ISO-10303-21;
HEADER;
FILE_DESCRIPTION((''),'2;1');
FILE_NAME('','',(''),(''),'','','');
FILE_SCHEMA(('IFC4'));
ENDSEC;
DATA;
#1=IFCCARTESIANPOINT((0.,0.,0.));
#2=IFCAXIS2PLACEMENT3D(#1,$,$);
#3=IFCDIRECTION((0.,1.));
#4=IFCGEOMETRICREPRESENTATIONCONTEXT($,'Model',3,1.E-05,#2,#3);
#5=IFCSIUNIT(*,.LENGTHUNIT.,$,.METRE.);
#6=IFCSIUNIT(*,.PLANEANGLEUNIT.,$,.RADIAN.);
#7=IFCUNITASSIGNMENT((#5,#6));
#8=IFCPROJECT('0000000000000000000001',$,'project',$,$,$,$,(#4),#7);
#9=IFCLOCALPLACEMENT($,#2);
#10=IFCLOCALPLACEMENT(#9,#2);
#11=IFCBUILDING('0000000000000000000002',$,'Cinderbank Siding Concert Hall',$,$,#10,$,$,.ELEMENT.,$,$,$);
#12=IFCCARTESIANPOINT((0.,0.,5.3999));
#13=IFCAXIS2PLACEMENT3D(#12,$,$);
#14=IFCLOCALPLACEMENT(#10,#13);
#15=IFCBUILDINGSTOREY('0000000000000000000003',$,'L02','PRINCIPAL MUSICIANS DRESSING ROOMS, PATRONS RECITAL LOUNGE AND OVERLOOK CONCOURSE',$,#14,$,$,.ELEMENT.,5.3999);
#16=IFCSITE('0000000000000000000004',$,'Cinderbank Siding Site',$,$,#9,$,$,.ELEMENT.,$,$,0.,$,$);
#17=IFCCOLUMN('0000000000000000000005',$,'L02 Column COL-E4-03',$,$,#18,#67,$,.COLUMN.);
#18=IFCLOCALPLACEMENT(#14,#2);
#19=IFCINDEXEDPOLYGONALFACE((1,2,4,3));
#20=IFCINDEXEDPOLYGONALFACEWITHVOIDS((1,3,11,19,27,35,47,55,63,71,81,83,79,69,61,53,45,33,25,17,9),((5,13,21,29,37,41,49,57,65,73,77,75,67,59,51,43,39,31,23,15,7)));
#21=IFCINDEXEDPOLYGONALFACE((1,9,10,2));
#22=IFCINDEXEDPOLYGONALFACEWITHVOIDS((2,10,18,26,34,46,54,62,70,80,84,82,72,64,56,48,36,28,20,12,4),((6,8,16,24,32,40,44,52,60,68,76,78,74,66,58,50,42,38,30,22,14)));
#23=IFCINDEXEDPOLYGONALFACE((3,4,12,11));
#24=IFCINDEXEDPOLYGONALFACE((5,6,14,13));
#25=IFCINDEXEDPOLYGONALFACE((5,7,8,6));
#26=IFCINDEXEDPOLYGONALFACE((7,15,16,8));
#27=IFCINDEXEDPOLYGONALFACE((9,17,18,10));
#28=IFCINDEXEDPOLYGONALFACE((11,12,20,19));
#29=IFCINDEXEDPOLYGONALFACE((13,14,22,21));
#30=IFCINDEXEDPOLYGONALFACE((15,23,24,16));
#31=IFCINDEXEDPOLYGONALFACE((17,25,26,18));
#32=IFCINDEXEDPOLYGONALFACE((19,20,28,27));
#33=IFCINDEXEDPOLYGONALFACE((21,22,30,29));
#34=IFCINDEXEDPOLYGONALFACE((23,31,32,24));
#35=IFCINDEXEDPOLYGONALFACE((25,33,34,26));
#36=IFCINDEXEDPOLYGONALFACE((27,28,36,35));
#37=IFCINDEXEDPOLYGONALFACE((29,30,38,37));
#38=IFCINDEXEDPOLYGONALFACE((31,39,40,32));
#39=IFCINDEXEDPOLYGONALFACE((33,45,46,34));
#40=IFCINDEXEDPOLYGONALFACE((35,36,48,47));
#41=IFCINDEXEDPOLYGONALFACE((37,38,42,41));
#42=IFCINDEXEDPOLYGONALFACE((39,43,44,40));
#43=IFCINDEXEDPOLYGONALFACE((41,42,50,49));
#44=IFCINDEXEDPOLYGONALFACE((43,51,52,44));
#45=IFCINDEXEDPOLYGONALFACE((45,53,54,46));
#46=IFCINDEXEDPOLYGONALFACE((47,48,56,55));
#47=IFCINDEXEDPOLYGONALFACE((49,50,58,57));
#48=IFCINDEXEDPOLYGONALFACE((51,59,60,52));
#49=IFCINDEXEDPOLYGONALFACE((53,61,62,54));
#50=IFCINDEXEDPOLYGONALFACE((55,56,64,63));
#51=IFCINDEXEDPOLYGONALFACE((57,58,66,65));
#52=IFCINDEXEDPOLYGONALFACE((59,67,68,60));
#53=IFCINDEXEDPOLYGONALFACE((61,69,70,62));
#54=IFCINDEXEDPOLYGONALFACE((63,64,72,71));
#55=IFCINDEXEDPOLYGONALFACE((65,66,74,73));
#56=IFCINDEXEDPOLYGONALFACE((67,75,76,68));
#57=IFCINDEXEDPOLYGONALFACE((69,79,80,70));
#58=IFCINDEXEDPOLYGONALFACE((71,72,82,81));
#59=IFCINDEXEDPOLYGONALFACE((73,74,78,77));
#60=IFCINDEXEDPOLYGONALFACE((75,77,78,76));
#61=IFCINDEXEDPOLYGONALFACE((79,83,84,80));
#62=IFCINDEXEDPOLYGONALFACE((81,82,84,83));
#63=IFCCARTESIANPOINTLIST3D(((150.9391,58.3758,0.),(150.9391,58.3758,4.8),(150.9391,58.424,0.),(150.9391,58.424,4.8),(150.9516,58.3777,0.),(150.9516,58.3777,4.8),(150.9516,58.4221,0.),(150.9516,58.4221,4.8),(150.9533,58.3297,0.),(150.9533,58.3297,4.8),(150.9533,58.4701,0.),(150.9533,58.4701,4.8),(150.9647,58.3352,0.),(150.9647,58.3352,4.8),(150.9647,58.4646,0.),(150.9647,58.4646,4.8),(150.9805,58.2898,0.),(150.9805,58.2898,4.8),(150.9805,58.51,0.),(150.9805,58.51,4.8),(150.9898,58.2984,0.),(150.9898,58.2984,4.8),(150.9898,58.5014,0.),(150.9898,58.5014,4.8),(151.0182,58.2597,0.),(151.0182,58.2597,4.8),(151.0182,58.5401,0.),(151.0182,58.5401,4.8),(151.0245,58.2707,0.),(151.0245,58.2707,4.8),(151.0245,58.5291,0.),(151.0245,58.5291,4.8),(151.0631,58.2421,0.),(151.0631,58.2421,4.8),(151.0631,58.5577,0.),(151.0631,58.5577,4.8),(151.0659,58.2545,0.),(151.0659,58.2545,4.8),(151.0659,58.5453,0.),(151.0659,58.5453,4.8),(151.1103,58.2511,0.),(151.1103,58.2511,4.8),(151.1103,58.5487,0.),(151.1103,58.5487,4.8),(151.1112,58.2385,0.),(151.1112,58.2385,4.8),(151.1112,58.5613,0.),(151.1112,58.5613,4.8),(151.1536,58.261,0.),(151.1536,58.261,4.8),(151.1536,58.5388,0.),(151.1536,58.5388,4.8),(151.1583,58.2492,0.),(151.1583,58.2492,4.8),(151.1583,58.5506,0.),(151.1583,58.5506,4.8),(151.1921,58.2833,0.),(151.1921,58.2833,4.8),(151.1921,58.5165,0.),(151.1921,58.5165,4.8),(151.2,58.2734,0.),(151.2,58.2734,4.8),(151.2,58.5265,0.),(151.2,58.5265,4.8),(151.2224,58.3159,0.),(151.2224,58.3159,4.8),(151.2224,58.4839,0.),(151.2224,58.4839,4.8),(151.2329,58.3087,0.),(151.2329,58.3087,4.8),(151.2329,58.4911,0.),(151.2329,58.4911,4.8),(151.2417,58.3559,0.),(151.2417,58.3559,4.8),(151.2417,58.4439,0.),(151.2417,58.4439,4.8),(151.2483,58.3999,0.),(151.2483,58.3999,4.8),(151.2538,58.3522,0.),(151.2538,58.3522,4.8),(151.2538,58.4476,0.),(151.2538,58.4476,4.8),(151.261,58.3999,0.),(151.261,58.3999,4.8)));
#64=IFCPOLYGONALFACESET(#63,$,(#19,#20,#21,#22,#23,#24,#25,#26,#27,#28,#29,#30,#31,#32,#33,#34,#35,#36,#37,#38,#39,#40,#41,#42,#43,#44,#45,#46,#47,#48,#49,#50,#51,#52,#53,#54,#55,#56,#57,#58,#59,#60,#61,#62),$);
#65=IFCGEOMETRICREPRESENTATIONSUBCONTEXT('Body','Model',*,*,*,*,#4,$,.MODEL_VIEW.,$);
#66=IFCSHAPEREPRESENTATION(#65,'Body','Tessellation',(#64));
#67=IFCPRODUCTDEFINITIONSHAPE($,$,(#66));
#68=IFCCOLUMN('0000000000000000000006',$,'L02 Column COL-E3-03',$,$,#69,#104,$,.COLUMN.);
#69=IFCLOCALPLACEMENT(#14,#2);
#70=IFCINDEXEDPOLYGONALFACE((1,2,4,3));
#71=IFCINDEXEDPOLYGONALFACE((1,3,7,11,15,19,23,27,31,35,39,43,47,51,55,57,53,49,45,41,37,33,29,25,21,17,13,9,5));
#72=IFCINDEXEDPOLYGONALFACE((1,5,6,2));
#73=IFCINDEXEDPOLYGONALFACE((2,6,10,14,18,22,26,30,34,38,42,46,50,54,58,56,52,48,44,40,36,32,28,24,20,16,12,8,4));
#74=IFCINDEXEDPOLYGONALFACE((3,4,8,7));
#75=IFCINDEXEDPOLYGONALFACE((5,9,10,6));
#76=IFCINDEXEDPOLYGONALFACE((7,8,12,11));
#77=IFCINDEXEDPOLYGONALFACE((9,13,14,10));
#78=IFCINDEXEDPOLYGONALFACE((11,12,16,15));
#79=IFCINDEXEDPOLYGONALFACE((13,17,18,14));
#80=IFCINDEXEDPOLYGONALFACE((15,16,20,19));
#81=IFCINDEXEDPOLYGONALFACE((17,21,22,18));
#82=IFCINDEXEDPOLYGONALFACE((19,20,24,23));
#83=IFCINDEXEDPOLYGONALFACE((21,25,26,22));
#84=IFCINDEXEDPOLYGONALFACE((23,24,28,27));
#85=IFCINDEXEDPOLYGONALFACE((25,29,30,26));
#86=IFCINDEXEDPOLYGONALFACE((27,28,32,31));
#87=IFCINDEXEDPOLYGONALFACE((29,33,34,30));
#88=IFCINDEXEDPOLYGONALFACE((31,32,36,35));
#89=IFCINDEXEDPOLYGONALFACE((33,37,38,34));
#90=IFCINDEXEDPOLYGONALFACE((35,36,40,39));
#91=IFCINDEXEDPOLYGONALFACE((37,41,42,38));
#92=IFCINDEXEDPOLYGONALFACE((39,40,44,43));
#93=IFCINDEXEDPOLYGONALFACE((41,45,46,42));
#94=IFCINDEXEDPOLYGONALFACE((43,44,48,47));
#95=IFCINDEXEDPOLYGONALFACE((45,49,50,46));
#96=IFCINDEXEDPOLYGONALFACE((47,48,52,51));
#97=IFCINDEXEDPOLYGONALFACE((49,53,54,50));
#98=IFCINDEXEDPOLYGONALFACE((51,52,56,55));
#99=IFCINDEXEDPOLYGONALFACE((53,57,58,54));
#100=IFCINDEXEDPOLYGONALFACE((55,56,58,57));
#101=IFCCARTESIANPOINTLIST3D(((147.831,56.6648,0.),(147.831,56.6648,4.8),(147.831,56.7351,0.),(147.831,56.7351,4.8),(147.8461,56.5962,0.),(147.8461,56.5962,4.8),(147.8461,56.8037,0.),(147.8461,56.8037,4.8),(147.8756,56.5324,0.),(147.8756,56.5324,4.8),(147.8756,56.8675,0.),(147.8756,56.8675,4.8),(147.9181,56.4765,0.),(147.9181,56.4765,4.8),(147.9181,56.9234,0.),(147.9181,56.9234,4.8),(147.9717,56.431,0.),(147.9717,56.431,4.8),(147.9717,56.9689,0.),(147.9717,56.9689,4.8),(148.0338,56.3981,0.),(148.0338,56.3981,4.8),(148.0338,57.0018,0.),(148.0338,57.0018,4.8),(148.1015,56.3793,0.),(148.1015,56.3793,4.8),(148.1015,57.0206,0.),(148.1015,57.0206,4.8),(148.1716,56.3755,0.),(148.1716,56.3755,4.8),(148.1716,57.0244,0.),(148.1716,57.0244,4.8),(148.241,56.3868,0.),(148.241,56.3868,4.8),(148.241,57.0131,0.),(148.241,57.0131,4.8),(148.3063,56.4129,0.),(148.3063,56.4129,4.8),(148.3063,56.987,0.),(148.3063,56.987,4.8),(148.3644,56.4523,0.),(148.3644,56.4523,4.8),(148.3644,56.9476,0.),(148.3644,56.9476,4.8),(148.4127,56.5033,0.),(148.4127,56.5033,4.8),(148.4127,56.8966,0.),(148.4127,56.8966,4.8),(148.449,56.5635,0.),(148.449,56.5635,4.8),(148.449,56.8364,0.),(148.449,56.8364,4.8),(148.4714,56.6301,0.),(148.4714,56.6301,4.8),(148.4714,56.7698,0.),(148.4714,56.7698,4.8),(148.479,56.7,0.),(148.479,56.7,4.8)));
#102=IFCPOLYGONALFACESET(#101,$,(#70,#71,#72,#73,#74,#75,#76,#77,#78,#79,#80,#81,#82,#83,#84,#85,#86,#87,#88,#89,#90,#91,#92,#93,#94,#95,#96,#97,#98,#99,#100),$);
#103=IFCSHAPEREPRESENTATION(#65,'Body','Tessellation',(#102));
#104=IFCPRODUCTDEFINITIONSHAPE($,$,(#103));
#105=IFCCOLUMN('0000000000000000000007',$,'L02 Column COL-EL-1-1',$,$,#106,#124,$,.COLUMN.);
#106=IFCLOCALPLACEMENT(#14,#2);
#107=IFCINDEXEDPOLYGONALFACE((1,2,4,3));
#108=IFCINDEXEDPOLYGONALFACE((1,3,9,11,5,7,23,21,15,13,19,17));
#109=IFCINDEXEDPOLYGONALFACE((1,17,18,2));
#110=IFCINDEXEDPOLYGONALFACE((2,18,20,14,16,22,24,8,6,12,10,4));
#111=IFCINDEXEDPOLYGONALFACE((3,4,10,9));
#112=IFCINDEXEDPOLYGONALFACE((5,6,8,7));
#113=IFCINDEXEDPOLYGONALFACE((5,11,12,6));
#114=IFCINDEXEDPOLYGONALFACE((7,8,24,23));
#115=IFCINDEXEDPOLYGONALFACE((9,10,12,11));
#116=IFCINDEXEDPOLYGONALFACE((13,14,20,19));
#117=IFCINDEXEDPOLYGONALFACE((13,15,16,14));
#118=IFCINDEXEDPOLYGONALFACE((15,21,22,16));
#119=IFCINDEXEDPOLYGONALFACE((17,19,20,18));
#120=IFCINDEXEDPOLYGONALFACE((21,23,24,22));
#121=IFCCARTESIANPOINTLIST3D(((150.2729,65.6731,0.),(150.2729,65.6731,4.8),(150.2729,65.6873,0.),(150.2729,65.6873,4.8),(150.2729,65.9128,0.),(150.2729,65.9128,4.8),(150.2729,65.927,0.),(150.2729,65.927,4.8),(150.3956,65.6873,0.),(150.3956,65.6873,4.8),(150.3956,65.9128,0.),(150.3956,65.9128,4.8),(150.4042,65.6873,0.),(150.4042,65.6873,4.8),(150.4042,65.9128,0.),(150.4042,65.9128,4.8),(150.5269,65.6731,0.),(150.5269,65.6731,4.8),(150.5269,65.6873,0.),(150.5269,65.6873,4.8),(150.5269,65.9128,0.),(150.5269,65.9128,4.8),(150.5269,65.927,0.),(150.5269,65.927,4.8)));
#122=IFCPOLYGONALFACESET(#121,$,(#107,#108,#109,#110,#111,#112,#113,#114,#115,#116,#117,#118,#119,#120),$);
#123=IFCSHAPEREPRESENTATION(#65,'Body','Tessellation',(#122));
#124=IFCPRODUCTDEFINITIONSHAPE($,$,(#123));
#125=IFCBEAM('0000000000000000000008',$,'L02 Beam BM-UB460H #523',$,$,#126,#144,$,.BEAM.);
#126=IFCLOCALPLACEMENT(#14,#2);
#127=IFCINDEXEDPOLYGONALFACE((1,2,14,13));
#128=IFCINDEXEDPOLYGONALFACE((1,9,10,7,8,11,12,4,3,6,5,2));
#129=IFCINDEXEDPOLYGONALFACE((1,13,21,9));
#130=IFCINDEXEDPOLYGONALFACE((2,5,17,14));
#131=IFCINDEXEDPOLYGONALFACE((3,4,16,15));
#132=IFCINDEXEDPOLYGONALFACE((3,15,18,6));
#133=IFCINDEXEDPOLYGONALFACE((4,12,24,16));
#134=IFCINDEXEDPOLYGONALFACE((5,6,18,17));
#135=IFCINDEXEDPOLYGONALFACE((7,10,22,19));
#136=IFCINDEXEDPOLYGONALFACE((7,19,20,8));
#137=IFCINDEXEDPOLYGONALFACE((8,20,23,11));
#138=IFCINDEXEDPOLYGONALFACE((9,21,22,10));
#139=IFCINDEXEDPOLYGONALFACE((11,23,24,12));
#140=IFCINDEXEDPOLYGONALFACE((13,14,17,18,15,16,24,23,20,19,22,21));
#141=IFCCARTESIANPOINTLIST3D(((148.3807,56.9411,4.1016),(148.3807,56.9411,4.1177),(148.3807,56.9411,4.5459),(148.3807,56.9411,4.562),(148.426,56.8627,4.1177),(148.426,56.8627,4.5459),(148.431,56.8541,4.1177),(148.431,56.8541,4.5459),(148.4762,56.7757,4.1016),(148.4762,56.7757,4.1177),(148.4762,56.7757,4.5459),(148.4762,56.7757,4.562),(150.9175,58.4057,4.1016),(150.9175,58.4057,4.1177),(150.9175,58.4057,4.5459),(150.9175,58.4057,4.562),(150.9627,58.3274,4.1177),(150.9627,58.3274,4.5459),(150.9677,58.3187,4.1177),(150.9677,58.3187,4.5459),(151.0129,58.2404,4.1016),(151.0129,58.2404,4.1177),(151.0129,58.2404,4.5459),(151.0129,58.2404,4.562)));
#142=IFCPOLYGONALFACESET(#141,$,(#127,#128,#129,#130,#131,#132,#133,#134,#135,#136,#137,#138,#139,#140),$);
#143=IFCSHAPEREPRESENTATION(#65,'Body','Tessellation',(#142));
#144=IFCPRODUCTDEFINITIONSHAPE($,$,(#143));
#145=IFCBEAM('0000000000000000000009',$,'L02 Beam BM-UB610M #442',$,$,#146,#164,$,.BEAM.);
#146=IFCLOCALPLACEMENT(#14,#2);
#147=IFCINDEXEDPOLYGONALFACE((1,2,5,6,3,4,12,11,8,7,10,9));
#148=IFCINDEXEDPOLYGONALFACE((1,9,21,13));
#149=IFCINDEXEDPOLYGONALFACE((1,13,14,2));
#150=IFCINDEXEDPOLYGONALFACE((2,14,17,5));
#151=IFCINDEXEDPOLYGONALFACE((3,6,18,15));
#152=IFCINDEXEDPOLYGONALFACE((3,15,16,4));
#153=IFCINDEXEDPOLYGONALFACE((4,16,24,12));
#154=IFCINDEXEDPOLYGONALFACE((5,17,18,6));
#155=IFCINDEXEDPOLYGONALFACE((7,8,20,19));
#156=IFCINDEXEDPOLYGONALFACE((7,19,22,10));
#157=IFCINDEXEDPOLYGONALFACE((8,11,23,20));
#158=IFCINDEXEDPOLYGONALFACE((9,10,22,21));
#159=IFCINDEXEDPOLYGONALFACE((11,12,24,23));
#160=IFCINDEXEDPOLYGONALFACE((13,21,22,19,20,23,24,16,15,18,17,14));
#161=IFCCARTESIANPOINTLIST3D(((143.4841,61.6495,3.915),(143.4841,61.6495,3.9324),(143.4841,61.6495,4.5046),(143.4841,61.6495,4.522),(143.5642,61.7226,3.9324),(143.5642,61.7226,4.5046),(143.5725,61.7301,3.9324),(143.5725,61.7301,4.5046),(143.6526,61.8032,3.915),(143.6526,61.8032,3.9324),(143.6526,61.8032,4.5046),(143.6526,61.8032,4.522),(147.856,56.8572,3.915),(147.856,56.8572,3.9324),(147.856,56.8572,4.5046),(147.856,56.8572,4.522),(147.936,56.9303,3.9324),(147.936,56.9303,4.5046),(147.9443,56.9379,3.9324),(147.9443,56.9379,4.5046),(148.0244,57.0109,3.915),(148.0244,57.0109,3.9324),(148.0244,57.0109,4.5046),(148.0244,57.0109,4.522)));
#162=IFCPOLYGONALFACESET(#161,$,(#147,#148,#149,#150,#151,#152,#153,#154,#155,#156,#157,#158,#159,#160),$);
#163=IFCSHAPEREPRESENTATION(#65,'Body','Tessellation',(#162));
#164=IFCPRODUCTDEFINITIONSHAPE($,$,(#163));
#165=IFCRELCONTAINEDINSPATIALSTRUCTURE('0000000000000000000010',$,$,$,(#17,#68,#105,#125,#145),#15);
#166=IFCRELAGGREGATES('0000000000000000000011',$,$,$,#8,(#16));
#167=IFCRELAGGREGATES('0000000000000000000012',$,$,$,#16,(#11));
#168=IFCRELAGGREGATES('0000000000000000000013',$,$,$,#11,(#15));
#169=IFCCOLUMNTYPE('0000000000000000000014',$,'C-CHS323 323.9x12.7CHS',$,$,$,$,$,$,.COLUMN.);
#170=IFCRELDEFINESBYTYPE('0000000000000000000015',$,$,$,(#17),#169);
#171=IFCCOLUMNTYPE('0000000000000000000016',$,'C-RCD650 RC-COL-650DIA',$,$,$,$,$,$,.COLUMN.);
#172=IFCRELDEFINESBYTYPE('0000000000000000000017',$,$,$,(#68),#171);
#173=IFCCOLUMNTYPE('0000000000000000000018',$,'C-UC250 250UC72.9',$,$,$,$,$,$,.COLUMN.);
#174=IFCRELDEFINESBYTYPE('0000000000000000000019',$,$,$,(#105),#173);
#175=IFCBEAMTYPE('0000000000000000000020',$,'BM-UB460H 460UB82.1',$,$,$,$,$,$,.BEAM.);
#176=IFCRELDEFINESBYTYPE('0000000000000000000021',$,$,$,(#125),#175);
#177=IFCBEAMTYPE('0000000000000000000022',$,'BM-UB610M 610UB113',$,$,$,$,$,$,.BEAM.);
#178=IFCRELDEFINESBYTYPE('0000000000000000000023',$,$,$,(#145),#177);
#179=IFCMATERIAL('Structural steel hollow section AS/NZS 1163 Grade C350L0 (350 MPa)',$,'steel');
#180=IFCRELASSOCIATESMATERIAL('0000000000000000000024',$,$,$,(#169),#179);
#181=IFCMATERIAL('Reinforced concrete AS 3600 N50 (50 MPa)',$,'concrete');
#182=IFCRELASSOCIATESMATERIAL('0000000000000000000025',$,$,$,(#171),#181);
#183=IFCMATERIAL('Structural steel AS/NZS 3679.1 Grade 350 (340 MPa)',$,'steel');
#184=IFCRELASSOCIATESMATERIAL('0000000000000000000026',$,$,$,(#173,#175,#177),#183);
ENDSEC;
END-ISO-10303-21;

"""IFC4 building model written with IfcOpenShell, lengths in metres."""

from ifc_helpers import new_model, si_unit, direction, frame, origin, origin_2d, place, context, subcontext, project, spatial, circle, hollow_circle, i_section, extrude, material, material_profile, profile_set, type_object, element, save


model = new_model("IFC4")

# Units and contexts
model_context = context("Model", 3, precision=1e-05, world=origin(), true_north=direction((0.0, 1.0)))
body_context = subcontext(model_context, "Body", "Model", "MODEL_VIEW")
ifc_project = project(units=[si_unit("LENGTHUNIT", "METRE"), si_unit("PLANEANGLEUNIT", "RADIAN")], contexts=[model_context])

# Site, building, storey
site_placement = place(None, origin())
site = spatial("IfcSite", under=ifc_project, at=site_placement, Name="Cinderbank Siding Site", CompositionType="ELEMENT", RefElevation=0.0)
building_placement = place(site_placement, origin())
building = spatial("IfcBuilding", under=site, at=building_placement, Name="Cinderbank Siding Concert Hall", CompositionType="ELEMENT")
storey_placement = place(building_placement, frame((0.0, 0.0, 5.3999)))
storey = spatial("IfcBuildingStorey", under=building, at=storey_placement, Name="L02", Description="PRINCIPAL MUSICIANS DRESSING ROOMS, PATRONS RECITAL LOUNGE AND OVERLOOK CONCOURSE", CompositionType="ELEMENT", Elevation=5.3999)

# Columns
ifc_material_1 = material(Name="Structural steel hollow section AS/NZS 1163 Grade C350L0 (350 MPa)", Category="steel")
ifc_material_profile_1 = material_profile(ifc_material_1, hollow_circle(Radius=0.1619, WallThickness=0.0127, at=origin_2d()), Name="323.9x12.7CHS", Category="LoadBearing")
ifc_profile_set_1 = profile_set([ifc_material_profile_1], Name="Structural steel hollow section AS/NZS 1163 Grade C350L0 (350 MPa)")
column_type_1 = type_object("IfcColumnType", Name="C-CHS323 323.9x12.7CHS", PredefinedType="COLUMN", material=ifc_profile_set_1)
column_1_placement = place(storey_placement, frame((151.0991, 58.3999, 0.0), z_axis=(0.0, 0.0, 1.0), x_axis=(1.0, 0.0, 0.0)))
element("IfcColumn", 1, at=column_1_placement, inside=storey, type_object=column_type_1, Name="L02 Column COL-E4-03", PredefinedType="COLUMN", context=body_context, shape_type="SweptSolid", body=[
    extrude(hollow_circle(Radius=0.1619, WallThickness=0.0127, at=origin_2d()), origin(), (0.0, 0.0, 1.0), 4.8),
])
ifc_material_2 = material(Name="Reinforced concrete AS 3600 N50 (50 MPa)", Category="concrete")
ifc_material_profile_2 = material_profile(ifc_material_2, circle(Radius=0.325, at=origin_2d()), Name="RC-COL-650DIA", Category="LoadBearing")
ifc_profile_set_2 = profile_set([ifc_material_profile_2], Name="Reinforced concrete AS 3600 N50 (50 MPa)")
column_type_2 = type_object("IfcColumnType", Name="C-RCD650 RC-COL-650DIA", PredefinedType="COLUMN", material=ifc_profile_set_2)
column_2_placement = place(storey_placement, frame((148.1541, 56.7, 0.0), z_axis=(0.0, 0.0, 1.0), x_axis=(1.0, 0.0, 0.0)))
element("IfcColumn", 2, at=column_2_placement, inside=storey, type_object=column_type_2, Name="L02 Column COL-E3-03", PredefinedType="COLUMN", context=body_context, shape_type="SweptSolid", body=[
    extrude(circle(Radius=0.325, at=origin_2d()), origin(), (0.0, 0.0, 1.0), 4.8),
])
ifc_material_3 = material(Name="Structural steel AS/NZS 3679.1 Grade 350 (340 MPa)", Category="steel")
ifc_material_profile_3 = material_profile(ifc_material_3, i_section(OverallWidth=0.2539, OverallDepth=0.2539, WebThickness=0.0085, FlangeThickness=0.0142, at=origin_2d()), Name="250UC72.9", Category="LoadBearing")
ifc_profile_set_3 = profile_set([ifc_material_profile_3], Name="Structural steel AS/NZS 3679.1 Grade 350 (340 MPa)")
column_type_3 = type_object("IfcColumnType", Name="C-UC250 250UC72.9", PredefinedType="COLUMN", material=ifc_profile_set_3)
column_3_placement = place(storey_placement, frame((150.3999, 65.8, 0.0), z_axis=(0.0, 0.0, 1.0), x_axis=(1.0, 0.0, 0.0)))
element("IfcColumn", 3, at=column_3_placement, inside=storey, type_object=column_type_3, Name="L02 Column COL-EL-1-1", PredefinedType="COLUMN", context=body_context, shape_type="SweptSolid", body=[
    extrude(i_section(OverallWidth=0.2539, OverallDepth=0.2539, WebThickness=0.0085, FlangeThickness=0.0142, at=origin_2d()), origin(), (0.0, 0.0, 1.0), 4.8),
])

# Beams
ifc_material_profile_4 = material_profile(ifc_material_3, i_section(OverallWidth=0.1909, OverallDepth=0.4604, WebThickness=0.01, FlangeThickness=0.0161, at=origin_2d()), Name="460UB82.1", Category="LoadBearing")
ifc_profile_set_4 = profile_set([ifc_material_profile_4], Name="Structural steel AS/NZS 3679.1 Grade 350 (340 MPa)")
beam_type_1 = type_object("IfcBeamType", Name="BM-UB460H 460UB82.1", PredefinedType="BEAM", material=ifc_profile_set_4)
beam_1_placement = place(storey_placement, frame((148.4285, 56.8584, 4.3318), z_axis=(0.866013, 0.500021, 0.0), x_axis=(-0.500021, 0.866013, 0.0)))
element("IfcBeam", 4, at=beam_1_placement, inside=storey, type_object=beam_type_1, Name="L02 Beam BM-UB460H #523", PredefinedType="BEAM", context=body_context, shape_type="SweptSolid", body=[
    extrude(i_section(OverallWidth=0.1909, OverallDepth=0.4604, WebThickness=0.01, FlangeThickness=0.0161, at=origin_2d()), origin(), (0.0, 0.0, 1.0), 2.9292),
])
ifc_material_profile_5 = material_profile(ifc_material_3, i_section(OverallWidth=0.228, OverallDepth=0.6069, WebThickness=0.0112, FlangeThickness=0.0173, at=origin_2d()), Name="610UB113", Category="LoadBearing")
ifc_profile_set_5 = profile_set([ifc_material_profile_5], Name="Structural steel AS/NZS 3679.1 Grade 350 (340 MPa)")
beam_type_2 = type_object("IfcBeamType", Name="BM-UB610M 610UB113", PredefinedType="BEAM", material=ifc_profile_set_5)
beam_2_placement = place(storey_placement, frame((147.9402, 56.9341, 4.2185), z_axis=(-0.673959, 0.738769, 0.0), x_axis=(-0.738769, -0.673959, 0.0)))
element("IfcBeam", 5, at=beam_2_placement, inside=storey, type_object=beam_type_2, Name="L02 Beam BM-UB610M #442", PredefinedType="BEAM", context=body_context, shape_type="SweptSolid", body=[
    extrude(i_section(OverallWidth=0.228, OverallDepth=0.6069, WebThickness=0.0112, FlangeThickness=0.0173, at=origin_2d()), origin(), (0.0, 0.0, 1.0), 6.4868),
])

save(model, "model.ifc")
